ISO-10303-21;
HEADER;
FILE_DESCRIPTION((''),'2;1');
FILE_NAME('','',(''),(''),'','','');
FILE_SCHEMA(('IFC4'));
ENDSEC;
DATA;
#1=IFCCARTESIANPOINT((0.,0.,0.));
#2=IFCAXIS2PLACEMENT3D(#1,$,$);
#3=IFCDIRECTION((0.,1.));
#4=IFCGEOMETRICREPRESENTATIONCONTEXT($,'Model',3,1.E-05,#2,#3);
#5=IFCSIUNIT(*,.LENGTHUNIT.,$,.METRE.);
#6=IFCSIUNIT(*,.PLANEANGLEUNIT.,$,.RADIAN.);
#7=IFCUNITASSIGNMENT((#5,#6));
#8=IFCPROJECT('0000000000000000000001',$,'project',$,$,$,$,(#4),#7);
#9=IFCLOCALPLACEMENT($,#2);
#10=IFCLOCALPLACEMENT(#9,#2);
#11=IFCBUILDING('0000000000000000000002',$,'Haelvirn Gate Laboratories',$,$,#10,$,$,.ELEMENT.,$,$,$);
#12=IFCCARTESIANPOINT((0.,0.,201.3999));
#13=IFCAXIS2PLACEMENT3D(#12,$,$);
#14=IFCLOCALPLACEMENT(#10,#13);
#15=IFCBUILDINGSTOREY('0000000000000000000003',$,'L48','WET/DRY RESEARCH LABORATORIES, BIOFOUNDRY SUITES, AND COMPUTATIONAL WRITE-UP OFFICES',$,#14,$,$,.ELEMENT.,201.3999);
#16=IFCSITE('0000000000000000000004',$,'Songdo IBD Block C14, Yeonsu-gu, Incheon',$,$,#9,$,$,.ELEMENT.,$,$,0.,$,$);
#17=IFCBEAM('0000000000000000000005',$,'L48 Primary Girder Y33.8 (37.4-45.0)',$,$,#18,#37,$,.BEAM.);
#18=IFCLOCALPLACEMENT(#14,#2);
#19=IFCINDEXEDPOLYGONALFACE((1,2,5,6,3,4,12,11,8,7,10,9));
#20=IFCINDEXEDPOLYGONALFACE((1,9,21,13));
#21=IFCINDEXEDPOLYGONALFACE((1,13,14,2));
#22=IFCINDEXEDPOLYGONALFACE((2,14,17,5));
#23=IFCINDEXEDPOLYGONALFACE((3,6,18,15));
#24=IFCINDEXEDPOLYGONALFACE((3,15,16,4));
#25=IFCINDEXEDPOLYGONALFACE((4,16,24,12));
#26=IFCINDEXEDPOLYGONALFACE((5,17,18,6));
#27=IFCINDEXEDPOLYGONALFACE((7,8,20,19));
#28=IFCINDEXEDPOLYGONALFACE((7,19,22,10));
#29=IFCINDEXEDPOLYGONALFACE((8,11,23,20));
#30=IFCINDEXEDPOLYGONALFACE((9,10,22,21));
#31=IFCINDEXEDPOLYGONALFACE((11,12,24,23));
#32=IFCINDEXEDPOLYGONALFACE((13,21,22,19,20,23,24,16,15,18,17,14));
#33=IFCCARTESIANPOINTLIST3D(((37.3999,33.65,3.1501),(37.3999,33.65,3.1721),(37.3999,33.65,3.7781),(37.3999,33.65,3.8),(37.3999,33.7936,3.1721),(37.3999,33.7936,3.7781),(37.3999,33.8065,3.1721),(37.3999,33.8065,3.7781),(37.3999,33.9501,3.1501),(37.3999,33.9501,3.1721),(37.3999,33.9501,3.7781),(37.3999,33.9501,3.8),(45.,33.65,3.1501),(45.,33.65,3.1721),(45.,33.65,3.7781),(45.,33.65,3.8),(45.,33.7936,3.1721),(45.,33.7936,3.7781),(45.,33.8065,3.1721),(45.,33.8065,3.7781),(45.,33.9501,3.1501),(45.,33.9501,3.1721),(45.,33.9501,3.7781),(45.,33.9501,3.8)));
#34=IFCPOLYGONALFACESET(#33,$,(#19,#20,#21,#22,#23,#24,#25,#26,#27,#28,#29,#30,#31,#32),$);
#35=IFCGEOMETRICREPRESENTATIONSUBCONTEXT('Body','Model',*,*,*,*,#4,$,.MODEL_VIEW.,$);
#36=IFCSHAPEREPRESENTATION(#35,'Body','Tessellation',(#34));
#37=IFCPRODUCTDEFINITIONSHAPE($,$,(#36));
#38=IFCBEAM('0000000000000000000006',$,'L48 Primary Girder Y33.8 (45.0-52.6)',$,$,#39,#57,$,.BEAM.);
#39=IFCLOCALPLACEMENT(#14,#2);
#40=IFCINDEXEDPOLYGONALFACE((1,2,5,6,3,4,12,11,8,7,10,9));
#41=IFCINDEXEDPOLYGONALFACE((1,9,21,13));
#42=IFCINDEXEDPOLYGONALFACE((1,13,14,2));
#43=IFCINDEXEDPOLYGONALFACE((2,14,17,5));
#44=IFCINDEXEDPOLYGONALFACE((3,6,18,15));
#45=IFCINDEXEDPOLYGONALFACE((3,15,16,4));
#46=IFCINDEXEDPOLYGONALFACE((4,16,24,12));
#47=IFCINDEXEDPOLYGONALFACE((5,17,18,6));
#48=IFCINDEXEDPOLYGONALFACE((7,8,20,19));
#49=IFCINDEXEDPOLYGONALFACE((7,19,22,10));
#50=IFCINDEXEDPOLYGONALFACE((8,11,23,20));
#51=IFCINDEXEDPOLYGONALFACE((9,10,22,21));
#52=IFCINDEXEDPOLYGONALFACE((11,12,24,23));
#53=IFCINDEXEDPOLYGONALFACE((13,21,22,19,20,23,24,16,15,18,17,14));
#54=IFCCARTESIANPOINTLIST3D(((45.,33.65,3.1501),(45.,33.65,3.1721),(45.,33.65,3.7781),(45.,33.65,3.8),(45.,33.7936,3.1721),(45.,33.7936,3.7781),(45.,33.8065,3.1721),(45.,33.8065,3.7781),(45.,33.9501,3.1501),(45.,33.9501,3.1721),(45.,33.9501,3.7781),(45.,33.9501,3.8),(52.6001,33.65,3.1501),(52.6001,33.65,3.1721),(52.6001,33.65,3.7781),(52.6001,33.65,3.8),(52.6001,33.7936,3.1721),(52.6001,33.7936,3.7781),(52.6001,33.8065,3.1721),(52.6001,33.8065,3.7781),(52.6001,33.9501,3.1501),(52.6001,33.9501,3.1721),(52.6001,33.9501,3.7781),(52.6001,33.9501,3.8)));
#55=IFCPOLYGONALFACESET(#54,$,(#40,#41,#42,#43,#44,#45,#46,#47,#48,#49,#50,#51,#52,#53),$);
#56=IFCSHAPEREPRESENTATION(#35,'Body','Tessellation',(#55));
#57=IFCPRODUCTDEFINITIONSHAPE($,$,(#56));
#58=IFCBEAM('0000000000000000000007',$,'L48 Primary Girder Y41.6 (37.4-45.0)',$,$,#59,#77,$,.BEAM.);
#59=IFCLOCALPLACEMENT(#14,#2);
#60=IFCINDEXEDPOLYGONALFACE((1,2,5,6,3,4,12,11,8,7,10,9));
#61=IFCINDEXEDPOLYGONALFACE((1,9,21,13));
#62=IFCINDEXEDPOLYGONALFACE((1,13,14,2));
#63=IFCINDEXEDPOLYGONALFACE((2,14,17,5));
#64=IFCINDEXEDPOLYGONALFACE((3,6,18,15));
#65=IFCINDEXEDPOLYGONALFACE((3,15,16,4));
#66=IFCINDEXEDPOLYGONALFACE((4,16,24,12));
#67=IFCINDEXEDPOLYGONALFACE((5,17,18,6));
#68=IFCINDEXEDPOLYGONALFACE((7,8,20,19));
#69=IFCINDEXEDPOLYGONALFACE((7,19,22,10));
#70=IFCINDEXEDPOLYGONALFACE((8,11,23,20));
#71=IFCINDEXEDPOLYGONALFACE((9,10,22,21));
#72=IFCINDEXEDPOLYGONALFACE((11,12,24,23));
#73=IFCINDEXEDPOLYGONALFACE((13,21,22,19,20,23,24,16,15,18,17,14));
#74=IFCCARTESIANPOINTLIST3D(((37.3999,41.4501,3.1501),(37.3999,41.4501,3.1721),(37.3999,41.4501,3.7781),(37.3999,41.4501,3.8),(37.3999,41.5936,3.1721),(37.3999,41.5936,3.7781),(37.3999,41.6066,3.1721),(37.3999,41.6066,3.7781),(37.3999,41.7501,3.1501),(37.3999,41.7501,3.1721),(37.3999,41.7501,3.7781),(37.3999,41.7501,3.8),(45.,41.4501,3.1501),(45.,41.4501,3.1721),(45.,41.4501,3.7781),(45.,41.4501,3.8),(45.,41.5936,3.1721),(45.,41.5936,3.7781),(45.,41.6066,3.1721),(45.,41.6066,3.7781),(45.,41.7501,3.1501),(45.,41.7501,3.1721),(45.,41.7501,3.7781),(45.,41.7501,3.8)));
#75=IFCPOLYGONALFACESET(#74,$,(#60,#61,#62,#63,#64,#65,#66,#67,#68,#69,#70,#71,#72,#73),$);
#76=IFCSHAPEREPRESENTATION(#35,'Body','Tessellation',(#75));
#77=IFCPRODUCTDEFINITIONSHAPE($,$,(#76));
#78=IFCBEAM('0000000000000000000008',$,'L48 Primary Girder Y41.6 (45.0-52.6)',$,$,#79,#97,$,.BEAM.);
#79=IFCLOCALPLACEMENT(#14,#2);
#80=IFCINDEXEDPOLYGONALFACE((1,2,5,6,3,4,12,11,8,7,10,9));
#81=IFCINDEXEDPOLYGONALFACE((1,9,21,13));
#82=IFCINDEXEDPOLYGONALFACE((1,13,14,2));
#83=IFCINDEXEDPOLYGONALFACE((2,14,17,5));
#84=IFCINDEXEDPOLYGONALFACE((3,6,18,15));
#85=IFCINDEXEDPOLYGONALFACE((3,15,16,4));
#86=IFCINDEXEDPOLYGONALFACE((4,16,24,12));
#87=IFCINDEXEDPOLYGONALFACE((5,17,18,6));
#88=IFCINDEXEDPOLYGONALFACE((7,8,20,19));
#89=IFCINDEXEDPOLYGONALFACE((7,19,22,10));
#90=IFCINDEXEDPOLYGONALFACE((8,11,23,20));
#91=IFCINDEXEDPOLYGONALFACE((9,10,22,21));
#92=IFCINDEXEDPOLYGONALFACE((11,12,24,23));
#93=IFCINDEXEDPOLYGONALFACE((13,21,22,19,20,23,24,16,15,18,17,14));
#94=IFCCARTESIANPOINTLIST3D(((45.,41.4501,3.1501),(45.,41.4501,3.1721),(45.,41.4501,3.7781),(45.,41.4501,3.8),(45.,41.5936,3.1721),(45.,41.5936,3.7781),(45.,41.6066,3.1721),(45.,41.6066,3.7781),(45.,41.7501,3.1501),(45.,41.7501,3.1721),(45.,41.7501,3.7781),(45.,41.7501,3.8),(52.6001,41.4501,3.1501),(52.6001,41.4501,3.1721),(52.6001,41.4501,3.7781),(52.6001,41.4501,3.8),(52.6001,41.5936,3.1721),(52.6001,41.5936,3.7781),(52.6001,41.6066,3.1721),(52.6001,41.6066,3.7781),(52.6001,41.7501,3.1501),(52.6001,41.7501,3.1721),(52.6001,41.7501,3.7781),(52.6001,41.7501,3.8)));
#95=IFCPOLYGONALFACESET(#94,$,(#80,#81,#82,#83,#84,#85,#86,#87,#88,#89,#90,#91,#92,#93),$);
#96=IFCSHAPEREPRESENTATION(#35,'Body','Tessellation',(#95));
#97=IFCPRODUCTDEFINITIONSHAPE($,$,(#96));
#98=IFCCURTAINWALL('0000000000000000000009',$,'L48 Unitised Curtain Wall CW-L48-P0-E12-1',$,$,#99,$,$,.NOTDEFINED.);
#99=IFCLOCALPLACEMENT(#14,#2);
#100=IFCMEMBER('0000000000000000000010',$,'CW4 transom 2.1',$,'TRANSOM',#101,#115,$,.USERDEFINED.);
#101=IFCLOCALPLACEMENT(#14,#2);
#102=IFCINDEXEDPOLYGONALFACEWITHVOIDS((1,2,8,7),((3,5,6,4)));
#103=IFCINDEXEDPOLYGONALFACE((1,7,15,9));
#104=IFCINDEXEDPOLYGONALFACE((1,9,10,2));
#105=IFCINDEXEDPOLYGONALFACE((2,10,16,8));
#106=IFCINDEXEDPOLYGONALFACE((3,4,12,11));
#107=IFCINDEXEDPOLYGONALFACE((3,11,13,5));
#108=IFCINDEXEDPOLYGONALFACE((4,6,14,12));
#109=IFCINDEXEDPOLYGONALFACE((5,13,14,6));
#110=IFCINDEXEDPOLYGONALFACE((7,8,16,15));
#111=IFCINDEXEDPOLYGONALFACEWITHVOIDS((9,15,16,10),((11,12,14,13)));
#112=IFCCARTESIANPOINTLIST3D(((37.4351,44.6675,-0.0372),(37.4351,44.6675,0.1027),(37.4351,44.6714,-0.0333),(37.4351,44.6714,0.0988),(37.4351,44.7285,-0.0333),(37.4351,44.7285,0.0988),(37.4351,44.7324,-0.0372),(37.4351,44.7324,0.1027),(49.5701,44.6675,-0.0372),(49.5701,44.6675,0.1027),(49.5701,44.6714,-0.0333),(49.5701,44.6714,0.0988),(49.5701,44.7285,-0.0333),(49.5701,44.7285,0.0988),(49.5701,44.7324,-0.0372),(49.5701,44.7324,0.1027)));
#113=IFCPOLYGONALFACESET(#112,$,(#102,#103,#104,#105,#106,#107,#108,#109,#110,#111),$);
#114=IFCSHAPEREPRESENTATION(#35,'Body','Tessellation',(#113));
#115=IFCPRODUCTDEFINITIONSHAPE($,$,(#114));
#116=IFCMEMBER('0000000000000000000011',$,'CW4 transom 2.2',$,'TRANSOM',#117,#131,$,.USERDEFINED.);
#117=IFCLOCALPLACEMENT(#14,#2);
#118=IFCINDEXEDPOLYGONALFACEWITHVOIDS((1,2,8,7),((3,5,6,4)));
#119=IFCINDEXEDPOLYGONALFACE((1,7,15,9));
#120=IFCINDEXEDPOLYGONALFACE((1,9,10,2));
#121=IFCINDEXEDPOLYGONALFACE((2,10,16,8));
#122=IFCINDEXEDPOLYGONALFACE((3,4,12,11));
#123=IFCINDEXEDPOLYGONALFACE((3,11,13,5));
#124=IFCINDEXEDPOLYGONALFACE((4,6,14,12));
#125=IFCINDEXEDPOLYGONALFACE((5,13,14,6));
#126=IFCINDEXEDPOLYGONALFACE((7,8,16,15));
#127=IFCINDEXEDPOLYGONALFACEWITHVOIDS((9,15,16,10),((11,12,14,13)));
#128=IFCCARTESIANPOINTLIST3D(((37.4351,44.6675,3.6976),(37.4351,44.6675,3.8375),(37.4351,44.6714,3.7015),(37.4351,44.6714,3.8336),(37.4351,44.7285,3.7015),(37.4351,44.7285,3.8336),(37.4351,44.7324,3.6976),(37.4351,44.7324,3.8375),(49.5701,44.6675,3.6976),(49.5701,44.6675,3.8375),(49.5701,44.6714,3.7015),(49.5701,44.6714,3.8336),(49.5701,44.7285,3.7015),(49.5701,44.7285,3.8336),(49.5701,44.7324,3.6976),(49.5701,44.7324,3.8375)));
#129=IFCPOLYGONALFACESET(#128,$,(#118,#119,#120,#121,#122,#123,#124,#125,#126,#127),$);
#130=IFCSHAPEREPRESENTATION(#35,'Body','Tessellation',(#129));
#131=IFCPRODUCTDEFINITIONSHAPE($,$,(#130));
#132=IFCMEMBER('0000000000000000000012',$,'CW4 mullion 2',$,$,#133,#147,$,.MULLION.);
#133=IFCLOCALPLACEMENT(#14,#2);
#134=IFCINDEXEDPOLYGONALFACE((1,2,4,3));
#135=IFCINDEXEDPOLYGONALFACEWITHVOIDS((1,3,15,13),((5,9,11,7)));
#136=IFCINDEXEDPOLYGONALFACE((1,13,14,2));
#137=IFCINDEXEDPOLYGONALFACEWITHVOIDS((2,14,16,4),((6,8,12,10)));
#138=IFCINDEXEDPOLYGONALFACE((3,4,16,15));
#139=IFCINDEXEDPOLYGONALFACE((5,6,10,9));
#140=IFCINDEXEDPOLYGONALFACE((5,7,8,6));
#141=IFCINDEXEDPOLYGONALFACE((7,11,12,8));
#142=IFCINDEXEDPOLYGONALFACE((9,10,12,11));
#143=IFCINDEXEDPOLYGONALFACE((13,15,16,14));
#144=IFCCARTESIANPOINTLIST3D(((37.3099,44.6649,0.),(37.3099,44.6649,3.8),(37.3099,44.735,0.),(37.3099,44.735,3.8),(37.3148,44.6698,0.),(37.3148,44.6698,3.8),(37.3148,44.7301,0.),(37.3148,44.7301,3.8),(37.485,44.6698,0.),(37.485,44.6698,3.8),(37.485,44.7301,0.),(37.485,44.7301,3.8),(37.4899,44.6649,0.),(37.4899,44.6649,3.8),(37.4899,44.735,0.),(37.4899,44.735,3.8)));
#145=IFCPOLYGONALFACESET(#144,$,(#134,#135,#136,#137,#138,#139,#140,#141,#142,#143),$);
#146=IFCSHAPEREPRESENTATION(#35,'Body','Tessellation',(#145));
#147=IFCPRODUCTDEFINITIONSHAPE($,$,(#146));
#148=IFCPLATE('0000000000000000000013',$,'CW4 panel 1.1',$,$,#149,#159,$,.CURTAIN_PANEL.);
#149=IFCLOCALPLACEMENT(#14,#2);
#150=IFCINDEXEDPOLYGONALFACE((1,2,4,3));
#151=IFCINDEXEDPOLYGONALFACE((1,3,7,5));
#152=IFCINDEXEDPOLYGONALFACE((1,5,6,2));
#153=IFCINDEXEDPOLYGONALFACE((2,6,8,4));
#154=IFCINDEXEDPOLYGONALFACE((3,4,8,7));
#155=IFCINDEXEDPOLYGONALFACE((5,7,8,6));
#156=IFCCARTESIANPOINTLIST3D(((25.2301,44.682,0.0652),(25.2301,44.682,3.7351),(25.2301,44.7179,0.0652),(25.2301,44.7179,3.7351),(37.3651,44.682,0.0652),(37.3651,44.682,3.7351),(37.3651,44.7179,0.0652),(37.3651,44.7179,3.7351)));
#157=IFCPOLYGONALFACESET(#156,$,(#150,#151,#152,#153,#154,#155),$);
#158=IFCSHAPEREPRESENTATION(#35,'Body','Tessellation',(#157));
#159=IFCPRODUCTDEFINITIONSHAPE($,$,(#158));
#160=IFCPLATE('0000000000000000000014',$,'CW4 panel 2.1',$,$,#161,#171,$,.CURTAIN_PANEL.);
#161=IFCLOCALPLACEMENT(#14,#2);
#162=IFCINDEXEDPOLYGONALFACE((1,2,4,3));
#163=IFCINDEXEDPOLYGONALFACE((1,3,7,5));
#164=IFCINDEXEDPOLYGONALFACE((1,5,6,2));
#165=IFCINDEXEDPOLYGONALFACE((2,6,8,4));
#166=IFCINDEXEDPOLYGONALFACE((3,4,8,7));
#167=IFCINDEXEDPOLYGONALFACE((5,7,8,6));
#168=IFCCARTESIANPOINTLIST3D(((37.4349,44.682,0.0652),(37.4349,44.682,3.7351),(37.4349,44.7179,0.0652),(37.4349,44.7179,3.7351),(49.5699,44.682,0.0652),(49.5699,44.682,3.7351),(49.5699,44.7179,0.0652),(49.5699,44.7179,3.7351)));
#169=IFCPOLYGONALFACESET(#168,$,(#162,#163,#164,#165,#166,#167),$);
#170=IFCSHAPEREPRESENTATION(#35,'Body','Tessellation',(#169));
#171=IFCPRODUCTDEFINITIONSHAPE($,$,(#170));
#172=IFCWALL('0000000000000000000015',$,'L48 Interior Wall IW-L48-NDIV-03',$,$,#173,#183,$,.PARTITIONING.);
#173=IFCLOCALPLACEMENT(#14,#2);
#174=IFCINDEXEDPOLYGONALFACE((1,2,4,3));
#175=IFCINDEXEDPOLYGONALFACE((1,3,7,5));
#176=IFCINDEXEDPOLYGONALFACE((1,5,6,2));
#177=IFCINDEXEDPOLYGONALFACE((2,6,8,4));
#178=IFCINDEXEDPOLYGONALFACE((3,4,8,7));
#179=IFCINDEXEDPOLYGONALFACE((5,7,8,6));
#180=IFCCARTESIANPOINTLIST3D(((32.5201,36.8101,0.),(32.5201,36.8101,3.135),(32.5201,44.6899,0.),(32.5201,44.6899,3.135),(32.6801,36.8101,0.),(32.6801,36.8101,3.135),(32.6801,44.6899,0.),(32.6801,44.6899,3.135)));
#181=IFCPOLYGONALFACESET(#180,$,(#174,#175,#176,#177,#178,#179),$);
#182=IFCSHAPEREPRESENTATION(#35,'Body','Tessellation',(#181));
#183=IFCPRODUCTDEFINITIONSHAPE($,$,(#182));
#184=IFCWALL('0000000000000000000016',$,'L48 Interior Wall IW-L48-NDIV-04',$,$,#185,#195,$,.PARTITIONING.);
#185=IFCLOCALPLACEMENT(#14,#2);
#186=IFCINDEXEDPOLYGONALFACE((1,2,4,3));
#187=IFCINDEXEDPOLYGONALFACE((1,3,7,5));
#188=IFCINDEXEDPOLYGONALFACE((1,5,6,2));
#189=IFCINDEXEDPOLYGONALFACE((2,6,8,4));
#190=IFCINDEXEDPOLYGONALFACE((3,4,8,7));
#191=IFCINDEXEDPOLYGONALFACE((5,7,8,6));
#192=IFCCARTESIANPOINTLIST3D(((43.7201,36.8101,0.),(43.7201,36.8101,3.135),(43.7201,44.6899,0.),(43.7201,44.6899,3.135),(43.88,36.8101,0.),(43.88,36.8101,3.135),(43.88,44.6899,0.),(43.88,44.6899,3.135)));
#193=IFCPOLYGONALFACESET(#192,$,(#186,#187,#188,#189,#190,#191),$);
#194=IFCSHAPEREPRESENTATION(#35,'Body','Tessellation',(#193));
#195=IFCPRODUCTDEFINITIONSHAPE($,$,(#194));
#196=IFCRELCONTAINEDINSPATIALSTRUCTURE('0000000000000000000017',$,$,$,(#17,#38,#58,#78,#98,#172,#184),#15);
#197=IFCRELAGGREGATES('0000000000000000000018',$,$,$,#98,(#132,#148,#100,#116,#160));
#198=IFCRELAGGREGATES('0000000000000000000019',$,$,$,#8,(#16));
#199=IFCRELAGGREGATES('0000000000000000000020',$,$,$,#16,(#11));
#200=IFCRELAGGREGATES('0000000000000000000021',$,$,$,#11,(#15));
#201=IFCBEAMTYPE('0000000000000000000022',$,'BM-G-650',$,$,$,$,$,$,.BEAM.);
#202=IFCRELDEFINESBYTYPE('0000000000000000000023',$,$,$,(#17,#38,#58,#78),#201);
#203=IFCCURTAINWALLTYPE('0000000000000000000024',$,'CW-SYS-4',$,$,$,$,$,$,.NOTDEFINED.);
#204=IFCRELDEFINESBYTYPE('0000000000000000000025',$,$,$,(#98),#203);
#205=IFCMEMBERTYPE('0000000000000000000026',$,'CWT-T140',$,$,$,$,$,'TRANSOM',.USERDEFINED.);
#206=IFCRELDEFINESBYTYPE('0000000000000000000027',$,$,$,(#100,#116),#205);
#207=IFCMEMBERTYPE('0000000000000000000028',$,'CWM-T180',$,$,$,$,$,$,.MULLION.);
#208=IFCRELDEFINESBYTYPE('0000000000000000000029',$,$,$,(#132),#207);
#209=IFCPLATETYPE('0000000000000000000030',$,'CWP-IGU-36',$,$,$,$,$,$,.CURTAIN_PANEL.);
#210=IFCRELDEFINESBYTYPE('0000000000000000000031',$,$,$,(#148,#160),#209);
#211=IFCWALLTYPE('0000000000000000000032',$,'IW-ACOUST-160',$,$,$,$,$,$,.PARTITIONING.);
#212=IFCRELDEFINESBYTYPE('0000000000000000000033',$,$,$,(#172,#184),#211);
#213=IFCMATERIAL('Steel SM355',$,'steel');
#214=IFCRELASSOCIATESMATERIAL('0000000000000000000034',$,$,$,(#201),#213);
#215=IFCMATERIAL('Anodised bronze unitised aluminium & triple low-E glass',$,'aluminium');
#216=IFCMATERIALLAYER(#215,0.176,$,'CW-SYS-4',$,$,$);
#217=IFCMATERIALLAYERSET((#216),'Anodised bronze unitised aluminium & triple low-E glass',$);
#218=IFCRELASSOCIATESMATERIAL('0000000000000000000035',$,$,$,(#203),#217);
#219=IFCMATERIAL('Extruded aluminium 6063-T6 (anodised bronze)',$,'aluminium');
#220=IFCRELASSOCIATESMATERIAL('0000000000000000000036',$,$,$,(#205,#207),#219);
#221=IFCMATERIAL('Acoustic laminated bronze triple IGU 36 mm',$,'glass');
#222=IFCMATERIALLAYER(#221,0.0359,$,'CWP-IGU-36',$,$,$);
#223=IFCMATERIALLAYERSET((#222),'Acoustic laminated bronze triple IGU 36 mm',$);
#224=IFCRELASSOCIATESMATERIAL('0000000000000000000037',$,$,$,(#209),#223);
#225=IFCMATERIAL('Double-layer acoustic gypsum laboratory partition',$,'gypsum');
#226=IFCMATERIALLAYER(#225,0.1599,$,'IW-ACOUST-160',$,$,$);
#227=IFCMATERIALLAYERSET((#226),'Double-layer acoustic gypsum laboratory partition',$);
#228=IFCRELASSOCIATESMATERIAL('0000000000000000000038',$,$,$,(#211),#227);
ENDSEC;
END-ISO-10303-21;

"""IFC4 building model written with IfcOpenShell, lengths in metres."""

from ifc_helpers import new_model, si_unit, direction, frame, frame_2d, origin, origin_2d, place, context, subcontext, project, spatial, rectangle, hollow_rectangle, i_section, extrude, source, transform, mapped, material, layer, layer_set, material_profile, profile_set, type_object, type_shapes, element, aggregate, save


model = new_model("IFC4")

# Units and contexts
model_context = context("Model", 3, precision=1e-05, world=origin(), true_north=direction((0.0, 1.0)))
body_context = subcontext(model_context, "Body", "Model", "MODEL_VIEW")
ifc_project = project(units=[si_unit("LENGTHUNIT", "METRE"), si_unit("PLANEANGLEUNIT", "RADIAN")], contexts=[model_context])

# Site, building, storey
site_placement = place(None, origin())
site = spatial("IfcSite", under=ifc_project, at=site_placement, Name="Songdo IBD Block C14, Yeonsu-gu, Incheon", CompositionType="ELEMENT", RefElevation=0.0)
building_placement = place(site_placement, origin())
building = spatial("IfcBuilding", under=site, at=building_placement, Name="Haelvirn Gate Laboratories", CompositionType="ELEMENT")
storey_placement = place(building_placement, frame((0.0, 0.0, 201.3999)))
storey = spatial("IfcBuildingStorey", under=building, at=storey_placement, Name="L48", Description="WET/DRY RESEARCH LABORATORIES, BIOFOUNDRY SUITES, AND COMPUTATIONAL WRITE-UP OFFICES", CompositionType="ELEMENT", Elevation=201.3999)

# Shared definitions
ifc_material_1 = material(Name="Steel SM355", Category="steel")

# Beams
ifc_material_profile_1 = material_profile(ifc_material_1, i_section(OverallWidth=0.3, OverallDepth=0.6499, WebThickness=0.0129, FlangeThickness=0.022, at=origin_2d()), Name="H-650x300x13x22")
ifc_profile_set_1 = profile_set([ifc_material_profile_1], Name="Steel SM355")
beam_type_1 = type_object("IfcBeamType", Name="BM-G-650", PredefinedType="BEAM", material=ifc_profile_set_1)
shared_shape_1 = source(origin(), body_context, "Body", "SweptSolid", [
    extrude(i_section(OverallWidth=0.3, OverallDepth=0.6499, WebThickness=0.0129, FlangeThickness=0.022, at=origin_2d()), origin(), (0.0, 0.0, 1.0), 7.6001),
])
type_shapes(beam_type_1, [shared_shape_1])
for number, where, z_axis, x_axis, name in (
    (1, (37.3999, 33.8, 3.4751), (1.0, 0.0, 0.0), (0.0, 1.0, 0.0), "L48 Primary Girder Y33.8 (37.4-45.0)"),
    (2, (45.0, 33.8, 3.4751), (1.0, 0.0, 0.0), (0.0, 1.0, 0.0), "L48 Primary Girder Y33.8 (45.0-52.6)"),
    (3, (37.3999, 41.6001, 3.4751), (1.0, 0.0, 0.0), (0.0, 1.0, 0.0), "L48 Primary Girder Y41.6 (37.4-45.0)"),
    (4, (45.0, 41.6001, 3.4751), (1.0, 0.0, 0.0), (0.0, 1.0, 0.0), "L48 Primary Girder Y41.6 (45.0-52.6)"),
):
    element("IfcBeam", number, at=place(storey_placement, frame(where, z_axis=z_axis, x_axis=x_axis)), inside=storey, type_object=beam_type_1, Name=name, PredefinedType="BEAM", context=body_context, shape_type="MappedRepresentation", body=[
        mapped(shared_shape_1, transform((0.0, 0.0, 0.0), scale=1.0)),
    ])

# Curtain wall, members, plates
ifc_material_2 = material(Name="Anodised bronze unitised aluminium & triple low-E glass", Category="aluminium")
ifc_layer_1 = layer(ifc_material_2, 0.176, Name="CW-SYS-4")
ifc_layer_set_1 = layer_set([ifc_layer_1], Name="Anodised bronze unitised aluminium & triple low-E glass")
curtain_wall_type = type_object("IfcCurtainWallType", Name="CW-SYS-4", PredefinedType="NOTDEFINED", material=ifc_layer_set_1)
curtain_wall_placement = place(storey_placement, origin())
curtain_wall = element("IfcCurtainWall", 5, at=curtain_wall_placement, inside=storey, type_object=curtain_wall_type, Name="L48 Unitised Curtain Wall CW-L48-P0-E12-1", PredefinedType="NOTDEFINED")
ifc_material_3 = material(Name="Extruded aluminium 6063-T6 (anodised bronze)", Category="aluminium")
ifc_material_profile_2 = material_profile(ifc_material_3, hollow_rectangle(XDim=0.0649, YDim=0.1399, WallThickness=0.0039, at=origin_2d()), Name="CWT-140x65x4")
ifc_profile_set_2 = profile_set([ifc_material_profile_2], Name="Extruded aluminium 6063-T6 (anodised bronze)")
member_type_1 = type_object("IfcMemberType", Name="CWT-T140", ElementType="TRANSOM", PredefinedType="USERDEFINED", material=ifc_profile_set_2)
shared_shape_2 = source(origin(), body_context, "Body", "SweptSolid", [
    extrude(hollow_rectangle(XDim=0.0649, YDim=0.1399, WallThickness=0.0039, at=origin_2d()), origin(), (0.0, 0.0, 1.0), 12.135),
])
type_shapes(member_type_1, [shared_shape_2])
member_1_placement = place(storey_placement, frame((37.4351, 44.7, 0.0327), z_axis=(1.0, 0.0, 0.0), x_axis=(0.0, 1.0, 0.0)))
member_1 = element("IfcMember", 6, at=member_1_placement, type_object=member_type_1, Name="CW4 transom 2.1", ObjectType="TRANSOM", PredefinedType="USERDEFINED", context=body_context, shape_type="MappedRepresentation", body=[
    mapped(shared_shape_2, transform((0.0, 0.0, 0.0), scale=1.0)),
])
member_2_placement = place(storey_placement, frame((37.4351, 44.7, 3.7676), z_axis=(1.0, 0.0, 0.0), x_axis=(0.0, 1.0, 0.0)))
member_2 = element("IfcMember", 7, at=member_2_placement, type_object=member_type_1, Name="CW4 transom 2.2", ObjectType="TRANSOM", PredefinedType="USERDEFINED", context=body_context, shape_type="MappedRepresentation", body=[
    mapped(shared_shape_2, transform((0.0, 0.0, 0.0), scale=1.0)),
])
ifc_material_profile_3 = material_profile(ifc_material_3, hollow_rectangle(XDim=0.0701, YDim=0.1799, WallThickness=0.0049, at=origin_2d()), Name="CWM-180x70x5")
ifc_profile_set_3 = profile_set([ifc_material_profile_3], Name="Extruded aluminium 6063-T6 (anodised bronze)")
member_type_2 = type_object("IfcMemberType", Name="CWM-T180", PredefinedType="MULLION", material=ifc_profile_set_3)
shared_shape_3 = source(origin(), body_context, "Body", "SweptSolid", [
    extrude(hollow_rectangle(XDim=0.0701, YDim=0.1799, WallThickness=0.0049, at=origin_2d()), origin(), (0.0, 0.0, 1.0), 3.8),
])
type_shapes(member_type_2, [shared_shape_3])
member_3_placement = place(storey_placement, frame((37.3999, 44.7, 0.0), z_axis=(0.0, 0.0, 1.0), x_axis=(0.0, 1.0, 0.0)))
member_3 = element("IfcMember", 8, at=member_3_placement, type_object=member_type_2, Name="CW4 mullion 2", PredefinedType="MULLION", context=body_context, shape_type="MappedRepresentation", body=[
    mapped(shared_shape_3, transform((0.0, 0.0, 0.0), scale=1.0)),
])
ifc_material_4 = material(Name="Acoustic laminated bronze triple IGU 36 mm", Category="glass")
ifc_layer_2 = layer(ifc_material_4, 0.0359, Name="CWP-IGU-36")
ifc_layer_set_2 = layer_set([ifc_layer_2], Name="Acoustic laminated bronze triple IGU 36 mm")
plate_type = type_object("IfcPlateType", Name="CWP-IGU-36", PredefinedType="CURTAIN_PANEL", material=ifc_layer_set_2)
shared_shape_4 = source(origin(), body_context, "Body", "SweptSolid", [
    extrude(rectangle(XDim=12.135, YDim=0.0359, at=origin_2d()), origin(), (0.0, 0.0, 1.0), 3.6699),
])
type_shapes(plate_type, [shared_shape_4])
plate_1_placement = place(storey_placement, frame((31.2976, 44.7, 0.0652), z_axis=(0.0, 0.0, 1.0), x_axis=(1.0, 0.0, 0.0)))
plate_1 = element("IfcPlate", 9, at=plate_1_placement, type_object=plate_type, Name="CW4 panel 1.1", PredefinedType="CURTAIN_PANEL", context=body_context, shape_type="MappedRepresentation", body=[
    mapped(shared_shape_4, transform((0.0, 0.0, 0.0), scale=1.0)),
])
plate_2_placement = place(storey_placement, frame((43.5024, 44.7, 0.0652), z_axis=(0.0, 0.0, 1.0), x_axis=(1.0, 0.0, 0.0)))
plate_2 = element("IfcPlate", 10, at=plate_2_placement, type_object=plate_type, Name="CW4 panel 2.1", PredefinedType="CURTAIN_PANEL", context=body_context, shape_type="MappedRepresentation", body=[
    mapped(shared_shape_4, transform((0.0, 0.0, 0.0), scale=1.0)),
])
aggregate(curtain_wall, [member_3, plate_1, member_1, member_2, plate_2])

# Walls
ifc_material_5 = material(Name="Double-layer acoustic gypsum laboratory partition", Category="gypsum")
ifc_layer_3 = layer(ifc_material_5, 0.1599, Name="IW-ACOUST-160")
ifc_layer_set_3 = layer_set([ifc_layer_3], Name="Double-layer acoustic gypsum laboratory partition")
wall_type_1 = type_object("IfcWallType", Name="IW-ACOUST-160", PredefinedType="PARTITIONING", material=ifc_layer_set_3)
for number, where, z_axis, x_axis, name in (
    (11, (32.6001, 36.8101, 0.0), (0.0, 0.0, 1.0), (0.0, 1.0, 0.0), "L48 Interior Wall IW-L48-NDIV-03"),
    (12, (43.8, 36.8101, 0.0), (0.0, 0.0, 1.0), (0.0, 1.0, 0.0), "L48 Interior Wall IW-L48-NDIV-04"),
):
    element("IfcWall", number, at=place(storey_placement, frame(where, z_axis=z_axis, x_axis=x_axis)), inside=storey, type_object=wall_type_1, Name=name, PredefinedType="PARTITIONING", context=body_context, shape_type="SweptSolid", body=[
        extrude(rectangle(XDim=7.8799, YDim=0.1599, at=frame_2d((3.9399, 0.0))), origin(), (0.0, 0.0, 1.0), 3.135),
    ])

save(model, "model.ifc")
